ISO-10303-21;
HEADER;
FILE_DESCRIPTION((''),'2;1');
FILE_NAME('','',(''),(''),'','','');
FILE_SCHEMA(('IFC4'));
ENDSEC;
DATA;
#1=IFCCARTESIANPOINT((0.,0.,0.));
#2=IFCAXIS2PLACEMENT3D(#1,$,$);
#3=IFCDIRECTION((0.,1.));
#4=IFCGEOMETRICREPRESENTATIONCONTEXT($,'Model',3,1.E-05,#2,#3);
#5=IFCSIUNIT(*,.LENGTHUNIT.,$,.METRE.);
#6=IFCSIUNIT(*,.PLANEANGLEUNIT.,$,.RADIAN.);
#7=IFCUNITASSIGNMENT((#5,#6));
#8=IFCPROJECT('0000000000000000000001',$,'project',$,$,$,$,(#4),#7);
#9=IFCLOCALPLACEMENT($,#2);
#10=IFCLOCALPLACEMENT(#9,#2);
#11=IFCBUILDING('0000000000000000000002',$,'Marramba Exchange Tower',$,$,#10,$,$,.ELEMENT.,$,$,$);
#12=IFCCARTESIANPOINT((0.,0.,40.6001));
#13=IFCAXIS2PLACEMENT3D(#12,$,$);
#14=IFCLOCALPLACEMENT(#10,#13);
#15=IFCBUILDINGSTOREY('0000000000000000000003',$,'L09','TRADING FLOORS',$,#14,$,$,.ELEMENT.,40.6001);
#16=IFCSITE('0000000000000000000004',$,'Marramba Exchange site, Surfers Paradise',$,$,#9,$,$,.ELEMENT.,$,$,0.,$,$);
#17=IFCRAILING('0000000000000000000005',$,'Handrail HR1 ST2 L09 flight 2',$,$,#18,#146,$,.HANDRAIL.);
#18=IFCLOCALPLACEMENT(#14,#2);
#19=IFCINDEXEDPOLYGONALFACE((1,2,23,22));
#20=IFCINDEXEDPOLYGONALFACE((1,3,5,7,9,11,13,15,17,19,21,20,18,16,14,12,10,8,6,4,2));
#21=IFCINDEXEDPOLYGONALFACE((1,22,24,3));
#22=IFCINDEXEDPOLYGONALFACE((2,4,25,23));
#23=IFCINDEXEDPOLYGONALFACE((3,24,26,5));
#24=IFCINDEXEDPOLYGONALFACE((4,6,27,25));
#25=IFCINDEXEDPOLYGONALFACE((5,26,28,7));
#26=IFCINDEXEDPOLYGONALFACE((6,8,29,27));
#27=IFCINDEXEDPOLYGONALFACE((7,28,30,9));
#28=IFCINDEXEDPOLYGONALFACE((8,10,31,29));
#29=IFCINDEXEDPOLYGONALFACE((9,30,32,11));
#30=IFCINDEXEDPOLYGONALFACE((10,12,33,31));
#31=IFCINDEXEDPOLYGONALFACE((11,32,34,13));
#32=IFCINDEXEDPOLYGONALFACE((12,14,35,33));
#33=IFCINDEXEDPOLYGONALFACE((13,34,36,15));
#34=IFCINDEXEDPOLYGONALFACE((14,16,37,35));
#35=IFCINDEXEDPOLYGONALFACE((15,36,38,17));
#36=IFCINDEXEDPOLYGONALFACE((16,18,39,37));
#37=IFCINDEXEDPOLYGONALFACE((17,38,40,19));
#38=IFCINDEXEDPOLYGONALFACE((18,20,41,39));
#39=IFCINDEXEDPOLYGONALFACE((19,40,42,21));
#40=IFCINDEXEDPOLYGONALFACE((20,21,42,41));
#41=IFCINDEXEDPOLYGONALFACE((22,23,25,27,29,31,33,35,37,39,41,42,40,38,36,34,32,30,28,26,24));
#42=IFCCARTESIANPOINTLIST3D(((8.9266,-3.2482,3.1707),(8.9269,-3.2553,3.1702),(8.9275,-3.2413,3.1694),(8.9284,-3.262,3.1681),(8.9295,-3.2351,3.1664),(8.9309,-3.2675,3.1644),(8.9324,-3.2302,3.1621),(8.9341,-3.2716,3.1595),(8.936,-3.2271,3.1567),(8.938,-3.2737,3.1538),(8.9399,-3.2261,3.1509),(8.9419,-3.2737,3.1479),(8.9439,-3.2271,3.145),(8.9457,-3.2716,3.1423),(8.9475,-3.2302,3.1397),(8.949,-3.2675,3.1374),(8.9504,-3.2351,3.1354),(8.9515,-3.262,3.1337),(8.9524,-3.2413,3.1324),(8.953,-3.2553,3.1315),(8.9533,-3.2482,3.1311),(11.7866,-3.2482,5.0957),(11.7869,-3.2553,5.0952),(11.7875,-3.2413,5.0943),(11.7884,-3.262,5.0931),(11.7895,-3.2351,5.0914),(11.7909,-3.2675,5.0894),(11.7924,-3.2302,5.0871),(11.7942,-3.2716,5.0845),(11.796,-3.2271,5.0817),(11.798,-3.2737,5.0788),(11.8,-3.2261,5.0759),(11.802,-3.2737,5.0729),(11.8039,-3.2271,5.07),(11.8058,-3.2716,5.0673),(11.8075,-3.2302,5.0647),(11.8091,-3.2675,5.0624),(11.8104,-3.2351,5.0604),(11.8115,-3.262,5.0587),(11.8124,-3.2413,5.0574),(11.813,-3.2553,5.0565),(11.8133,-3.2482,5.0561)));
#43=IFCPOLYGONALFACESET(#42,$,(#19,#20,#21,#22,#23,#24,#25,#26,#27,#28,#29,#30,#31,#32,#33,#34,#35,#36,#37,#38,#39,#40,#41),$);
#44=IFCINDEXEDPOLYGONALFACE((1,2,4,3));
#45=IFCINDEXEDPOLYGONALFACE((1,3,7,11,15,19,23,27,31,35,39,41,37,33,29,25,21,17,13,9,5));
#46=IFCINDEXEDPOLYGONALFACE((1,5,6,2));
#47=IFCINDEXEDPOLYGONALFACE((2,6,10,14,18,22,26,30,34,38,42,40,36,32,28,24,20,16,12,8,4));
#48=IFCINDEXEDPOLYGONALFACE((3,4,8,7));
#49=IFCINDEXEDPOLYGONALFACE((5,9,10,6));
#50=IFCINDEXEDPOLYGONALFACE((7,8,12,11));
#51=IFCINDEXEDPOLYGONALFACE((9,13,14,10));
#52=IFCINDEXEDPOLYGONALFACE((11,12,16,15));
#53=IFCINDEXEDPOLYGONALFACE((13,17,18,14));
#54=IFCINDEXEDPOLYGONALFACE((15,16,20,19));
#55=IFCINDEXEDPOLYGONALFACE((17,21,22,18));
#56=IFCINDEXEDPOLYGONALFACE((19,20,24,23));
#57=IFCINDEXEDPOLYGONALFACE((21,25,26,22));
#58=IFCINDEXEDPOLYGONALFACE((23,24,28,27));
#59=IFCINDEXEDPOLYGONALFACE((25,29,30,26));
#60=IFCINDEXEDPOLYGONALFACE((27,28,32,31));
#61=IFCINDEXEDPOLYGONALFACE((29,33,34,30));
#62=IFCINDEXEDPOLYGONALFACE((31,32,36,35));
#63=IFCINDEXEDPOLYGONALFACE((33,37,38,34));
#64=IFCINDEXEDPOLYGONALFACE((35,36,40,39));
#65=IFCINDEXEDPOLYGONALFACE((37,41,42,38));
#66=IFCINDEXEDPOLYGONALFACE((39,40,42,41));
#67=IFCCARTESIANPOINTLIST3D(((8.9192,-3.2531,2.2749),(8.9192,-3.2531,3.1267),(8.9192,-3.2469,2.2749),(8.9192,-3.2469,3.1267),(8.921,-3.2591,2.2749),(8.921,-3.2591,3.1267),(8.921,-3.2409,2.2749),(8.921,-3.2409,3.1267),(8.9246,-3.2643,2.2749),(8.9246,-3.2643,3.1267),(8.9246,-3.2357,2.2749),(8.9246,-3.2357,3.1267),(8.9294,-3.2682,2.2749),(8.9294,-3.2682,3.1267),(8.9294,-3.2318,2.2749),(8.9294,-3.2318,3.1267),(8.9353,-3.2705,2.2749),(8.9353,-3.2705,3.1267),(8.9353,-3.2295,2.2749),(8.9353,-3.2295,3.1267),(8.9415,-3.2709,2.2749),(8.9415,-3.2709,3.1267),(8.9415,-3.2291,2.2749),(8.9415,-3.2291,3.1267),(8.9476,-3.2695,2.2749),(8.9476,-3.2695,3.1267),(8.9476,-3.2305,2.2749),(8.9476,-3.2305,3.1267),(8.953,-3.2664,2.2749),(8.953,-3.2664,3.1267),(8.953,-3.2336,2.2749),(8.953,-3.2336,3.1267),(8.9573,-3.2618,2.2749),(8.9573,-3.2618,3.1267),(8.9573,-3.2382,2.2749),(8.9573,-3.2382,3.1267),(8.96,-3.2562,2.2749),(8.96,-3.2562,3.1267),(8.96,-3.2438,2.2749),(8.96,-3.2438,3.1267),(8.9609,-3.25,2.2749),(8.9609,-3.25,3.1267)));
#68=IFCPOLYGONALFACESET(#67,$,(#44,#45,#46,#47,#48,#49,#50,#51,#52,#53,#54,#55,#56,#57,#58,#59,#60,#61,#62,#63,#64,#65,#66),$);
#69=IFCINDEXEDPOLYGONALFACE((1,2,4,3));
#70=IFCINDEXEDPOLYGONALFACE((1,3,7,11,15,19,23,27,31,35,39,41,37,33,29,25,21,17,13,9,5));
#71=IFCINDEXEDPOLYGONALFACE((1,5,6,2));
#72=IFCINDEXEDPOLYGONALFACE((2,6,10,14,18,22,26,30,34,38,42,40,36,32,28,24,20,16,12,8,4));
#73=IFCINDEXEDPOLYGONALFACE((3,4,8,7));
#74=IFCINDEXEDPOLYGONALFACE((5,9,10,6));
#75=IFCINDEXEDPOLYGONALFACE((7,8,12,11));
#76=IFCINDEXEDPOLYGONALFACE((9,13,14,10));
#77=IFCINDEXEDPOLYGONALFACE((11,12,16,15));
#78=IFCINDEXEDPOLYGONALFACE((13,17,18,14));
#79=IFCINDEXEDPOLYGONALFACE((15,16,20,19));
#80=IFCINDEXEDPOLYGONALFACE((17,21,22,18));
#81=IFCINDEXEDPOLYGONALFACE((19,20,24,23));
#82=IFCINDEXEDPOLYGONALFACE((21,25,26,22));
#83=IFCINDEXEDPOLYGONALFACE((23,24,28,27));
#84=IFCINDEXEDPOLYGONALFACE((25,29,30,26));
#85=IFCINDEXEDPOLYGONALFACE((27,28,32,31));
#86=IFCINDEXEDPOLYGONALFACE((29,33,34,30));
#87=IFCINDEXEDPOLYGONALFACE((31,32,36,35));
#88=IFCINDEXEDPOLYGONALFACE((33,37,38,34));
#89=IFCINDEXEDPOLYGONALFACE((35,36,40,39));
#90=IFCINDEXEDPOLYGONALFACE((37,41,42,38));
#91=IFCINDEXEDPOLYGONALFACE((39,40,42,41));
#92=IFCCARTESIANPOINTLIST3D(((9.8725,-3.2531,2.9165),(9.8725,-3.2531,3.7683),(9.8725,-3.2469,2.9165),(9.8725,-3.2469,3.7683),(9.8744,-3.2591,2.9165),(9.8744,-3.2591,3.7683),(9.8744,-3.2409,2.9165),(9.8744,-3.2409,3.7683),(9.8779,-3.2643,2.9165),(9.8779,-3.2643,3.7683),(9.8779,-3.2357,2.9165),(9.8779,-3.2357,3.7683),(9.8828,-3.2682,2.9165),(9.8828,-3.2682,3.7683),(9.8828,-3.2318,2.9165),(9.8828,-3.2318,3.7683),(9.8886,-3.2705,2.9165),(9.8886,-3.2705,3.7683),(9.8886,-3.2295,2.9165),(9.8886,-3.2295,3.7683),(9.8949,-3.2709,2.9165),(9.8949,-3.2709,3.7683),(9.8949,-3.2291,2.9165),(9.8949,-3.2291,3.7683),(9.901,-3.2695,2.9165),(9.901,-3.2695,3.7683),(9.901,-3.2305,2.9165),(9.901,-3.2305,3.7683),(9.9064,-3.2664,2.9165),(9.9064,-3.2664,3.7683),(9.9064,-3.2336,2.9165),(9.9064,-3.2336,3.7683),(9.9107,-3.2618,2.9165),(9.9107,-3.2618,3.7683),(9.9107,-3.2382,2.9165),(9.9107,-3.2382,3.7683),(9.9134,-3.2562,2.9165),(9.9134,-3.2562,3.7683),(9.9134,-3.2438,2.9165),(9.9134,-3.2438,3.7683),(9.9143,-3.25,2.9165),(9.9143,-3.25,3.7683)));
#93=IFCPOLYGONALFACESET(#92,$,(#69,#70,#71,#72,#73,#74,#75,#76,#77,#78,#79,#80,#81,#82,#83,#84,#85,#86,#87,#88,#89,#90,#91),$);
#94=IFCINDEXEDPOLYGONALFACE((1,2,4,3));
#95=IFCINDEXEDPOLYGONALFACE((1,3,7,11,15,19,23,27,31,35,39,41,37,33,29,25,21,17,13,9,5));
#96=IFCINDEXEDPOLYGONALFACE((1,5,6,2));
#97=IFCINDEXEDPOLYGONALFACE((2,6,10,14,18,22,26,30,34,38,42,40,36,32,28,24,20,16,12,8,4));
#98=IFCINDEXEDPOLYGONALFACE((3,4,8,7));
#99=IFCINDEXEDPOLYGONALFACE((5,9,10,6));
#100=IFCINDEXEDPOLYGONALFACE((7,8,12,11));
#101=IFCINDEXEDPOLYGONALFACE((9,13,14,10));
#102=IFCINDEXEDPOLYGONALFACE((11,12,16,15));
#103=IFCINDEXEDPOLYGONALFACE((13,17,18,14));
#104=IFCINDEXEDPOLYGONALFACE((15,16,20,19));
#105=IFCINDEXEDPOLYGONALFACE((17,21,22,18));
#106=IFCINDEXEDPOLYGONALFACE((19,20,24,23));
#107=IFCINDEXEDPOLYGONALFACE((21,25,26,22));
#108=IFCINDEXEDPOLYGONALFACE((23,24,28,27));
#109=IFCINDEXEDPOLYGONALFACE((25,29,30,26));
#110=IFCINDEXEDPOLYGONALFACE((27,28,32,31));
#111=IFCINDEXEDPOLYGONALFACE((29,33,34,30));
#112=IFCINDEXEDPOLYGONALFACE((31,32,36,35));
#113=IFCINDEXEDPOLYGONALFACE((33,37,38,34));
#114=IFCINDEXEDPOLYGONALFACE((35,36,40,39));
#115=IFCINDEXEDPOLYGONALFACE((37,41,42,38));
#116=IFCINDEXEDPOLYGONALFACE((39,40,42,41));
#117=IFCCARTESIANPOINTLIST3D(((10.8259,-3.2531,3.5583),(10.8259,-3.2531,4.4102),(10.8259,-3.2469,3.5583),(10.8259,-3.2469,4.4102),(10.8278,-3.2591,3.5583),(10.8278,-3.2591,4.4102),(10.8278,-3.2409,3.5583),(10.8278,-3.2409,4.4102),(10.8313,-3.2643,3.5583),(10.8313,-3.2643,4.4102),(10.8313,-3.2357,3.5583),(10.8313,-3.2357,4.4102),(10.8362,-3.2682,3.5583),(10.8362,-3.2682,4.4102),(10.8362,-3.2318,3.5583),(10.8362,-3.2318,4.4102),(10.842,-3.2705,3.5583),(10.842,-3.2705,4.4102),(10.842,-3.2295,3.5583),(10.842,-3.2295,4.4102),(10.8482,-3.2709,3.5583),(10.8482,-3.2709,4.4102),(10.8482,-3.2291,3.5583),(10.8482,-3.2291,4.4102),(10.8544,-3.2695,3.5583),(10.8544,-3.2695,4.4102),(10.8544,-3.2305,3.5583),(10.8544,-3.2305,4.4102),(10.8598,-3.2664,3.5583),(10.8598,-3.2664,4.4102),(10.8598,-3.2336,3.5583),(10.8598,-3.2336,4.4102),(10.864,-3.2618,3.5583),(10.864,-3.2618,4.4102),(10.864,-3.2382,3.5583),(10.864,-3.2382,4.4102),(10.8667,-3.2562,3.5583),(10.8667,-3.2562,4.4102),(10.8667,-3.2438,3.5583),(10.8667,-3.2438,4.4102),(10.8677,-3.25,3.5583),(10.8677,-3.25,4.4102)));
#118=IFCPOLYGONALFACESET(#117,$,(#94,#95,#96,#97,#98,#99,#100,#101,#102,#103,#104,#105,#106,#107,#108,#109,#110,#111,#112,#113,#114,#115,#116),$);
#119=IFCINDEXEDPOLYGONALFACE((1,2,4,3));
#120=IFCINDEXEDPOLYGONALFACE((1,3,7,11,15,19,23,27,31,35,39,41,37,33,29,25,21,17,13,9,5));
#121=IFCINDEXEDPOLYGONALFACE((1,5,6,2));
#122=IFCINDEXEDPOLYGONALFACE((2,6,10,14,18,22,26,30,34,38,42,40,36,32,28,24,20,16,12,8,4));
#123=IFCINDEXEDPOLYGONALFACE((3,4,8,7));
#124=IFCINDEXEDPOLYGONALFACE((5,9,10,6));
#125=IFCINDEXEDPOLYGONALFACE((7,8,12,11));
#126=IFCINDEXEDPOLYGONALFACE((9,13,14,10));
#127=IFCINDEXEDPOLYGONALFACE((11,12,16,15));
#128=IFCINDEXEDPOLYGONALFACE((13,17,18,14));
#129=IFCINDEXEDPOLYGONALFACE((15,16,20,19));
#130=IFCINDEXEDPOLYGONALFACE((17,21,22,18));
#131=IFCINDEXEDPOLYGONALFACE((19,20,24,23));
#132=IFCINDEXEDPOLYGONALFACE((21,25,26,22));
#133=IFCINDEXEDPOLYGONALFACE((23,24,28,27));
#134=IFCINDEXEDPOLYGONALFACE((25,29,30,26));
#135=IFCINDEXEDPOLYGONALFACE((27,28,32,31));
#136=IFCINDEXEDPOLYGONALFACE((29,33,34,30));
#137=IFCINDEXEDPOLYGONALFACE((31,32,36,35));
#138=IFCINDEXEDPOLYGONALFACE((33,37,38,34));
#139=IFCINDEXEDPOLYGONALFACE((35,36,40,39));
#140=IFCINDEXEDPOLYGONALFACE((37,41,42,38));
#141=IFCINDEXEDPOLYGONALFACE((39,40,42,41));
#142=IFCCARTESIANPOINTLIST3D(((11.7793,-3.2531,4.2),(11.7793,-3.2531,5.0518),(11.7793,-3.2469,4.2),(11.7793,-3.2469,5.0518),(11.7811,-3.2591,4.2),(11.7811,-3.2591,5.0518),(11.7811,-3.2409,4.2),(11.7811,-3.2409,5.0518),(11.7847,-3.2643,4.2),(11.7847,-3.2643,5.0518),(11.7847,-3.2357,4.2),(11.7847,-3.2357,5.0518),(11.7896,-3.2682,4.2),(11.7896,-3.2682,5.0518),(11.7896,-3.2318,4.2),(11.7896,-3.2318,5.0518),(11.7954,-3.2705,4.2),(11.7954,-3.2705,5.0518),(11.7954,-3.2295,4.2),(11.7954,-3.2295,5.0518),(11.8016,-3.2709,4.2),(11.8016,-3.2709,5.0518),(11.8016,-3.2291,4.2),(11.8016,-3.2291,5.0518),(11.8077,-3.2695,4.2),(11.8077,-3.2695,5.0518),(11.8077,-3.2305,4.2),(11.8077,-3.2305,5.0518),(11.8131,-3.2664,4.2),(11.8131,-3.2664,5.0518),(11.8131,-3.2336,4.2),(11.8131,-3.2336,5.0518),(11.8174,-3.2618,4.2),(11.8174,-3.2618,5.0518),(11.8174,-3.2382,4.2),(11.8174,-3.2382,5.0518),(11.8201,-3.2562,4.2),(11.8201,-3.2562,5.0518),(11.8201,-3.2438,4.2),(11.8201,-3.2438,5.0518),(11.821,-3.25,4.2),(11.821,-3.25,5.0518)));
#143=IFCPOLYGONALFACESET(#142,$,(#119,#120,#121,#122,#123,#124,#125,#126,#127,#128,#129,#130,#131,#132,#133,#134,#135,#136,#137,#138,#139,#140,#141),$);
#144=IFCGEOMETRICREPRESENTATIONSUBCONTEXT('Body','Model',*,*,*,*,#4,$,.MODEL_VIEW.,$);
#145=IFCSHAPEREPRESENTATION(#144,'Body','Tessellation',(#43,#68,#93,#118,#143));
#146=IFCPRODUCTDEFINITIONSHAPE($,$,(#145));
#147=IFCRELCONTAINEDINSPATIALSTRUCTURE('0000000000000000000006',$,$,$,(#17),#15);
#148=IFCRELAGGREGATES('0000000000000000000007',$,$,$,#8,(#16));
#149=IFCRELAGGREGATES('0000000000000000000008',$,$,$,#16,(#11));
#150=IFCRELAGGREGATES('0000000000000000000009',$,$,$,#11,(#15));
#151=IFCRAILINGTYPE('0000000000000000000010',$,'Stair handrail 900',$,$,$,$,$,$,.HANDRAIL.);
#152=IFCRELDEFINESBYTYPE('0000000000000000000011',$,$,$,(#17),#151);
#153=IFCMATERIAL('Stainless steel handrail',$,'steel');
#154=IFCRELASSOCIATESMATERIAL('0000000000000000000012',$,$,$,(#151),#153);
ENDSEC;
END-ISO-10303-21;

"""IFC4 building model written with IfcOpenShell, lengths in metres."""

from ifc_helpers import new_model, si_unit, direction, frame, origin, origin_2d, place, context, subcontext, project, spatial, circle, extrude, material, type_object, element, save


model = new_model("IFC4")

# Units and contexts
model_context = context("Model", 3, precision=1e-05, world=origin(), true_north=direction((0.0, 1.0)))
body_context = subcontext(model_context, "Body", "Model", "MODEL_VIEW")
ifc_project = project(units=[si_unit("LENGTHUNIT", "METRE"), si_unit("PLANEANGLEUNIT", "RADIAN")], contexts=[model_context])

# Site, building, storey
site_placement = place(None, origin())
site = spatial("IfcSite", under=ifc_project, at=site_placement, Name="Marramba Exchange site, Surfers Paradise", CompositionType="ELEMENT", RefElevation=0.0)
building_placement = place(site_placement, origin())
building = spatial("IfcBuilding", under=site, at=building_placement, Name="Marramba Exchange Tower", CompositionType="ELEMENT")
storey_placement = place(building_placement, frame((0.0, 0.0, 40.6001)))
storey = spatial("IfcBuildingStorey", under=building, at=storey_placement, Name="L09", Description="TRADING FLOORS", CompositionType="ELEMENT", Elevation=40.6001)

# Railing
ifc_material_1 = material(Name="Stainless steel handrail", Category="steel")
railing_type = type_object("IfcRailingType", Name="Stair handrail 900", PredefinedType="HANDRAIL", material=ifc_material_1)
railing_placement = place(storey_placement, frame((8.9399, -3.25, 2.2749)))
element("IfcRailing", 1, at=railing_placement, inside=storey, type_object=railing_type, Name="Handrail HR1 ST2 L09 flight 2", PredefinedType="HANDRAIL", context=body_context, shape_type="SweptSolid", body=[
    extrude(circle(Radius=0.0239, at=origin_2d()), frame((0.0, 0.0, 0.876), z_axis=(0.829591, 0.0, 0.558372), x_axis=(0.0, 1.0, 0.0)), (0.0, 0.0, 1.0), 3.4475),
    extrude(circle(Radius=0.021, at=origin_2d()), origin(), (0.0, 0.0, 1.0), 0.8518),
    extrude(circle(Radius=0.021, at=origin_2d()), frame((0.9534, 0.0, 0.6416)), (0.0, 0.0, 1.0), 0.8518),
    extrude(circle(Radius=0.021, at=origin_2d()), frame((1.9067, 0.0, 1.2834)), (0.0, 0.0, 1.0), 0.8518),
    extrude(circle(Radius=0.021, at=origin_2d()), frame((2.8601, 0.0, 1.925)), (0.0, 0.0, 1.0), 0.8518),
])

save(model, "model.ifc")
